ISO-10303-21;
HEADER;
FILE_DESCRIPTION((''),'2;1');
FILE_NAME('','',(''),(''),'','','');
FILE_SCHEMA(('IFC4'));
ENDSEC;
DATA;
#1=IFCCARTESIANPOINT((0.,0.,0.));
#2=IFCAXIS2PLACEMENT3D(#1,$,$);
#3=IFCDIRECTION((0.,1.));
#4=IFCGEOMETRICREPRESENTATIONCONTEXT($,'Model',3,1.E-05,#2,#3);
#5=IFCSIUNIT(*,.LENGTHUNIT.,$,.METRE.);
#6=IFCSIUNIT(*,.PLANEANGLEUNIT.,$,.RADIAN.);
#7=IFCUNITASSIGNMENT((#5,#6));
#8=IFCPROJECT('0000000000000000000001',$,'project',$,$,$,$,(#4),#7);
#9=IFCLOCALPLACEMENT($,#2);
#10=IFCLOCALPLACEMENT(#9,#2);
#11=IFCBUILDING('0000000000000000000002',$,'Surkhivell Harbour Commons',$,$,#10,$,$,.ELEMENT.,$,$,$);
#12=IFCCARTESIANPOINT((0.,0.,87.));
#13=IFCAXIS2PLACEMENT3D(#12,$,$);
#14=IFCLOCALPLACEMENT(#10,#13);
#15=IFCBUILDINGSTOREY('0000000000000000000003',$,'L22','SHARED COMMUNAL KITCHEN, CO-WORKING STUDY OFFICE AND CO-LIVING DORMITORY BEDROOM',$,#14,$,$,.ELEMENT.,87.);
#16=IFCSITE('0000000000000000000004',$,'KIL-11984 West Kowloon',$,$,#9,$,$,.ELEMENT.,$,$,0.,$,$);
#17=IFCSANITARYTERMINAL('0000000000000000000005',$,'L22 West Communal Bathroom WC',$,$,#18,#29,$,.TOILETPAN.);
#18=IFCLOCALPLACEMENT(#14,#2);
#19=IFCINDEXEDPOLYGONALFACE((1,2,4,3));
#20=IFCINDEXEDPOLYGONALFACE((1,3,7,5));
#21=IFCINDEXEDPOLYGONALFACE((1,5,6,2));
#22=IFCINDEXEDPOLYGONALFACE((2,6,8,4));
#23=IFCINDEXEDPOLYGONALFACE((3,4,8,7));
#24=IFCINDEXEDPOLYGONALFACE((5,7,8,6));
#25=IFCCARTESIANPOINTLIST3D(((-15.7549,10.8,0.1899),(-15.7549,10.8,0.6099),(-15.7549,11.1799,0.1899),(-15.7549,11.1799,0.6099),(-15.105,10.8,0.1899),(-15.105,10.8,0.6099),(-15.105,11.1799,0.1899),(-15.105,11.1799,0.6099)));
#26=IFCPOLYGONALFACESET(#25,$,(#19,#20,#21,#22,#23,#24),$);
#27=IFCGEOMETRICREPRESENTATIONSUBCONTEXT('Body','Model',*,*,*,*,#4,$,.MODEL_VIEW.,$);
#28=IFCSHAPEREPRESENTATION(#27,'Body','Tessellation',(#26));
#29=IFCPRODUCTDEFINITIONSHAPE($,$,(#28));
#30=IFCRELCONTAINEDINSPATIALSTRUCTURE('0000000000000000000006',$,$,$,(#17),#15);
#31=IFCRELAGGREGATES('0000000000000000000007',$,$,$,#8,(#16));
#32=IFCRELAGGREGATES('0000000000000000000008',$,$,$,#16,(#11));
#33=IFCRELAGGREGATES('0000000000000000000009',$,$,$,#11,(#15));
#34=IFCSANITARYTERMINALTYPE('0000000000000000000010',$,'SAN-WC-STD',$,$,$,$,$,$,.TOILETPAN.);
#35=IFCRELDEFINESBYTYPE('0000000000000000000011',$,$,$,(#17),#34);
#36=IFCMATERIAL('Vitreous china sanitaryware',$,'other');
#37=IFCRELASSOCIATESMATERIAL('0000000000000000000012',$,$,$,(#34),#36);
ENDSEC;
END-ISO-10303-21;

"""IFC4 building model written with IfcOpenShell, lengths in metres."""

from ifc_helpers import new_model, si_unit, direction, frame, origin, origin_2d, place, context, subcontext, project, spatial, rectangle, extrude, material, type_object, element, save


model = new_model("IFC4")

# Units and contexts
model_context = context("Model", 3, precision=1e-05, world=origin(), true_north=direction((0.0, 1.0)))
body_context = subcontext(model_context, "Body", "Model", "MODEL_VIEW")
ifc_project = project(units=[si_unit("LENGTHUNIT", "METRE"), si_unit("PLANEANGLEUNIT", "RADIAN")], contexts=[model_context])

# Site, building, storey
site_placement = place(None, origin())
site = spatial("IfcSite", under=ifc_project, at=site_placement, Name="KIL-11984 West Kowloon", CompositionType="ELEMENT", RefElevation=0.0)
building_placement = place(site_placement, origin())
building = spatial("IfcBuilding", under=site, at=building_placement, Name="Surkhivell Harbour Commons", CompositionType="ELEMENT")
storey_placement = place(building_placement, frame((0.0, 0.0, 87.0)))
storey = spatial("IfcBuildingStorey", under=building, at=storey_placement, Name="L22", Description="SHARED COMMUNAL KITCHEN, CO-WORKING STUDY OFFICE AND CO-LIVING DORMITORY BEDROOM", CompositionType="ELEMENT", Elevation=87.0)

# Sanitary terminal
ifc_material_1 = material(Name="Vitreous china sanitaryware", Category="other")
sanitary_terminal_type_1 = type_object("IfcSanitaryTerminalType", Name="SAN-WC-STD", PredefinedType="TOILETPAN", material=ifc_material_1)
sanitary_terminal_1_placement = place(storey_placement, frame((-15.4299, 10.99, 0.1899), z_axis=(0.0, 0.0, 1.0), x_axis=(1.0, 0.0, 0.0)))
element("IfcSanitaryTerminal", 1, at=sanitary_terminal_1_placement, inside=storey, type_object=sanitary_terminal_type_1, Name="L22 West Communal Bathroom WC", PredefinedType="TOILETPAN", context=body_context, shape_type="SweptSolid", body=[
    extrude(rectangle(XDim=0.6499, YDim=0.3799, at=origin_2d()), origin(), (0.0, 0.0, 1.0), 0.4199),
])

save(model, "model.ifc")
